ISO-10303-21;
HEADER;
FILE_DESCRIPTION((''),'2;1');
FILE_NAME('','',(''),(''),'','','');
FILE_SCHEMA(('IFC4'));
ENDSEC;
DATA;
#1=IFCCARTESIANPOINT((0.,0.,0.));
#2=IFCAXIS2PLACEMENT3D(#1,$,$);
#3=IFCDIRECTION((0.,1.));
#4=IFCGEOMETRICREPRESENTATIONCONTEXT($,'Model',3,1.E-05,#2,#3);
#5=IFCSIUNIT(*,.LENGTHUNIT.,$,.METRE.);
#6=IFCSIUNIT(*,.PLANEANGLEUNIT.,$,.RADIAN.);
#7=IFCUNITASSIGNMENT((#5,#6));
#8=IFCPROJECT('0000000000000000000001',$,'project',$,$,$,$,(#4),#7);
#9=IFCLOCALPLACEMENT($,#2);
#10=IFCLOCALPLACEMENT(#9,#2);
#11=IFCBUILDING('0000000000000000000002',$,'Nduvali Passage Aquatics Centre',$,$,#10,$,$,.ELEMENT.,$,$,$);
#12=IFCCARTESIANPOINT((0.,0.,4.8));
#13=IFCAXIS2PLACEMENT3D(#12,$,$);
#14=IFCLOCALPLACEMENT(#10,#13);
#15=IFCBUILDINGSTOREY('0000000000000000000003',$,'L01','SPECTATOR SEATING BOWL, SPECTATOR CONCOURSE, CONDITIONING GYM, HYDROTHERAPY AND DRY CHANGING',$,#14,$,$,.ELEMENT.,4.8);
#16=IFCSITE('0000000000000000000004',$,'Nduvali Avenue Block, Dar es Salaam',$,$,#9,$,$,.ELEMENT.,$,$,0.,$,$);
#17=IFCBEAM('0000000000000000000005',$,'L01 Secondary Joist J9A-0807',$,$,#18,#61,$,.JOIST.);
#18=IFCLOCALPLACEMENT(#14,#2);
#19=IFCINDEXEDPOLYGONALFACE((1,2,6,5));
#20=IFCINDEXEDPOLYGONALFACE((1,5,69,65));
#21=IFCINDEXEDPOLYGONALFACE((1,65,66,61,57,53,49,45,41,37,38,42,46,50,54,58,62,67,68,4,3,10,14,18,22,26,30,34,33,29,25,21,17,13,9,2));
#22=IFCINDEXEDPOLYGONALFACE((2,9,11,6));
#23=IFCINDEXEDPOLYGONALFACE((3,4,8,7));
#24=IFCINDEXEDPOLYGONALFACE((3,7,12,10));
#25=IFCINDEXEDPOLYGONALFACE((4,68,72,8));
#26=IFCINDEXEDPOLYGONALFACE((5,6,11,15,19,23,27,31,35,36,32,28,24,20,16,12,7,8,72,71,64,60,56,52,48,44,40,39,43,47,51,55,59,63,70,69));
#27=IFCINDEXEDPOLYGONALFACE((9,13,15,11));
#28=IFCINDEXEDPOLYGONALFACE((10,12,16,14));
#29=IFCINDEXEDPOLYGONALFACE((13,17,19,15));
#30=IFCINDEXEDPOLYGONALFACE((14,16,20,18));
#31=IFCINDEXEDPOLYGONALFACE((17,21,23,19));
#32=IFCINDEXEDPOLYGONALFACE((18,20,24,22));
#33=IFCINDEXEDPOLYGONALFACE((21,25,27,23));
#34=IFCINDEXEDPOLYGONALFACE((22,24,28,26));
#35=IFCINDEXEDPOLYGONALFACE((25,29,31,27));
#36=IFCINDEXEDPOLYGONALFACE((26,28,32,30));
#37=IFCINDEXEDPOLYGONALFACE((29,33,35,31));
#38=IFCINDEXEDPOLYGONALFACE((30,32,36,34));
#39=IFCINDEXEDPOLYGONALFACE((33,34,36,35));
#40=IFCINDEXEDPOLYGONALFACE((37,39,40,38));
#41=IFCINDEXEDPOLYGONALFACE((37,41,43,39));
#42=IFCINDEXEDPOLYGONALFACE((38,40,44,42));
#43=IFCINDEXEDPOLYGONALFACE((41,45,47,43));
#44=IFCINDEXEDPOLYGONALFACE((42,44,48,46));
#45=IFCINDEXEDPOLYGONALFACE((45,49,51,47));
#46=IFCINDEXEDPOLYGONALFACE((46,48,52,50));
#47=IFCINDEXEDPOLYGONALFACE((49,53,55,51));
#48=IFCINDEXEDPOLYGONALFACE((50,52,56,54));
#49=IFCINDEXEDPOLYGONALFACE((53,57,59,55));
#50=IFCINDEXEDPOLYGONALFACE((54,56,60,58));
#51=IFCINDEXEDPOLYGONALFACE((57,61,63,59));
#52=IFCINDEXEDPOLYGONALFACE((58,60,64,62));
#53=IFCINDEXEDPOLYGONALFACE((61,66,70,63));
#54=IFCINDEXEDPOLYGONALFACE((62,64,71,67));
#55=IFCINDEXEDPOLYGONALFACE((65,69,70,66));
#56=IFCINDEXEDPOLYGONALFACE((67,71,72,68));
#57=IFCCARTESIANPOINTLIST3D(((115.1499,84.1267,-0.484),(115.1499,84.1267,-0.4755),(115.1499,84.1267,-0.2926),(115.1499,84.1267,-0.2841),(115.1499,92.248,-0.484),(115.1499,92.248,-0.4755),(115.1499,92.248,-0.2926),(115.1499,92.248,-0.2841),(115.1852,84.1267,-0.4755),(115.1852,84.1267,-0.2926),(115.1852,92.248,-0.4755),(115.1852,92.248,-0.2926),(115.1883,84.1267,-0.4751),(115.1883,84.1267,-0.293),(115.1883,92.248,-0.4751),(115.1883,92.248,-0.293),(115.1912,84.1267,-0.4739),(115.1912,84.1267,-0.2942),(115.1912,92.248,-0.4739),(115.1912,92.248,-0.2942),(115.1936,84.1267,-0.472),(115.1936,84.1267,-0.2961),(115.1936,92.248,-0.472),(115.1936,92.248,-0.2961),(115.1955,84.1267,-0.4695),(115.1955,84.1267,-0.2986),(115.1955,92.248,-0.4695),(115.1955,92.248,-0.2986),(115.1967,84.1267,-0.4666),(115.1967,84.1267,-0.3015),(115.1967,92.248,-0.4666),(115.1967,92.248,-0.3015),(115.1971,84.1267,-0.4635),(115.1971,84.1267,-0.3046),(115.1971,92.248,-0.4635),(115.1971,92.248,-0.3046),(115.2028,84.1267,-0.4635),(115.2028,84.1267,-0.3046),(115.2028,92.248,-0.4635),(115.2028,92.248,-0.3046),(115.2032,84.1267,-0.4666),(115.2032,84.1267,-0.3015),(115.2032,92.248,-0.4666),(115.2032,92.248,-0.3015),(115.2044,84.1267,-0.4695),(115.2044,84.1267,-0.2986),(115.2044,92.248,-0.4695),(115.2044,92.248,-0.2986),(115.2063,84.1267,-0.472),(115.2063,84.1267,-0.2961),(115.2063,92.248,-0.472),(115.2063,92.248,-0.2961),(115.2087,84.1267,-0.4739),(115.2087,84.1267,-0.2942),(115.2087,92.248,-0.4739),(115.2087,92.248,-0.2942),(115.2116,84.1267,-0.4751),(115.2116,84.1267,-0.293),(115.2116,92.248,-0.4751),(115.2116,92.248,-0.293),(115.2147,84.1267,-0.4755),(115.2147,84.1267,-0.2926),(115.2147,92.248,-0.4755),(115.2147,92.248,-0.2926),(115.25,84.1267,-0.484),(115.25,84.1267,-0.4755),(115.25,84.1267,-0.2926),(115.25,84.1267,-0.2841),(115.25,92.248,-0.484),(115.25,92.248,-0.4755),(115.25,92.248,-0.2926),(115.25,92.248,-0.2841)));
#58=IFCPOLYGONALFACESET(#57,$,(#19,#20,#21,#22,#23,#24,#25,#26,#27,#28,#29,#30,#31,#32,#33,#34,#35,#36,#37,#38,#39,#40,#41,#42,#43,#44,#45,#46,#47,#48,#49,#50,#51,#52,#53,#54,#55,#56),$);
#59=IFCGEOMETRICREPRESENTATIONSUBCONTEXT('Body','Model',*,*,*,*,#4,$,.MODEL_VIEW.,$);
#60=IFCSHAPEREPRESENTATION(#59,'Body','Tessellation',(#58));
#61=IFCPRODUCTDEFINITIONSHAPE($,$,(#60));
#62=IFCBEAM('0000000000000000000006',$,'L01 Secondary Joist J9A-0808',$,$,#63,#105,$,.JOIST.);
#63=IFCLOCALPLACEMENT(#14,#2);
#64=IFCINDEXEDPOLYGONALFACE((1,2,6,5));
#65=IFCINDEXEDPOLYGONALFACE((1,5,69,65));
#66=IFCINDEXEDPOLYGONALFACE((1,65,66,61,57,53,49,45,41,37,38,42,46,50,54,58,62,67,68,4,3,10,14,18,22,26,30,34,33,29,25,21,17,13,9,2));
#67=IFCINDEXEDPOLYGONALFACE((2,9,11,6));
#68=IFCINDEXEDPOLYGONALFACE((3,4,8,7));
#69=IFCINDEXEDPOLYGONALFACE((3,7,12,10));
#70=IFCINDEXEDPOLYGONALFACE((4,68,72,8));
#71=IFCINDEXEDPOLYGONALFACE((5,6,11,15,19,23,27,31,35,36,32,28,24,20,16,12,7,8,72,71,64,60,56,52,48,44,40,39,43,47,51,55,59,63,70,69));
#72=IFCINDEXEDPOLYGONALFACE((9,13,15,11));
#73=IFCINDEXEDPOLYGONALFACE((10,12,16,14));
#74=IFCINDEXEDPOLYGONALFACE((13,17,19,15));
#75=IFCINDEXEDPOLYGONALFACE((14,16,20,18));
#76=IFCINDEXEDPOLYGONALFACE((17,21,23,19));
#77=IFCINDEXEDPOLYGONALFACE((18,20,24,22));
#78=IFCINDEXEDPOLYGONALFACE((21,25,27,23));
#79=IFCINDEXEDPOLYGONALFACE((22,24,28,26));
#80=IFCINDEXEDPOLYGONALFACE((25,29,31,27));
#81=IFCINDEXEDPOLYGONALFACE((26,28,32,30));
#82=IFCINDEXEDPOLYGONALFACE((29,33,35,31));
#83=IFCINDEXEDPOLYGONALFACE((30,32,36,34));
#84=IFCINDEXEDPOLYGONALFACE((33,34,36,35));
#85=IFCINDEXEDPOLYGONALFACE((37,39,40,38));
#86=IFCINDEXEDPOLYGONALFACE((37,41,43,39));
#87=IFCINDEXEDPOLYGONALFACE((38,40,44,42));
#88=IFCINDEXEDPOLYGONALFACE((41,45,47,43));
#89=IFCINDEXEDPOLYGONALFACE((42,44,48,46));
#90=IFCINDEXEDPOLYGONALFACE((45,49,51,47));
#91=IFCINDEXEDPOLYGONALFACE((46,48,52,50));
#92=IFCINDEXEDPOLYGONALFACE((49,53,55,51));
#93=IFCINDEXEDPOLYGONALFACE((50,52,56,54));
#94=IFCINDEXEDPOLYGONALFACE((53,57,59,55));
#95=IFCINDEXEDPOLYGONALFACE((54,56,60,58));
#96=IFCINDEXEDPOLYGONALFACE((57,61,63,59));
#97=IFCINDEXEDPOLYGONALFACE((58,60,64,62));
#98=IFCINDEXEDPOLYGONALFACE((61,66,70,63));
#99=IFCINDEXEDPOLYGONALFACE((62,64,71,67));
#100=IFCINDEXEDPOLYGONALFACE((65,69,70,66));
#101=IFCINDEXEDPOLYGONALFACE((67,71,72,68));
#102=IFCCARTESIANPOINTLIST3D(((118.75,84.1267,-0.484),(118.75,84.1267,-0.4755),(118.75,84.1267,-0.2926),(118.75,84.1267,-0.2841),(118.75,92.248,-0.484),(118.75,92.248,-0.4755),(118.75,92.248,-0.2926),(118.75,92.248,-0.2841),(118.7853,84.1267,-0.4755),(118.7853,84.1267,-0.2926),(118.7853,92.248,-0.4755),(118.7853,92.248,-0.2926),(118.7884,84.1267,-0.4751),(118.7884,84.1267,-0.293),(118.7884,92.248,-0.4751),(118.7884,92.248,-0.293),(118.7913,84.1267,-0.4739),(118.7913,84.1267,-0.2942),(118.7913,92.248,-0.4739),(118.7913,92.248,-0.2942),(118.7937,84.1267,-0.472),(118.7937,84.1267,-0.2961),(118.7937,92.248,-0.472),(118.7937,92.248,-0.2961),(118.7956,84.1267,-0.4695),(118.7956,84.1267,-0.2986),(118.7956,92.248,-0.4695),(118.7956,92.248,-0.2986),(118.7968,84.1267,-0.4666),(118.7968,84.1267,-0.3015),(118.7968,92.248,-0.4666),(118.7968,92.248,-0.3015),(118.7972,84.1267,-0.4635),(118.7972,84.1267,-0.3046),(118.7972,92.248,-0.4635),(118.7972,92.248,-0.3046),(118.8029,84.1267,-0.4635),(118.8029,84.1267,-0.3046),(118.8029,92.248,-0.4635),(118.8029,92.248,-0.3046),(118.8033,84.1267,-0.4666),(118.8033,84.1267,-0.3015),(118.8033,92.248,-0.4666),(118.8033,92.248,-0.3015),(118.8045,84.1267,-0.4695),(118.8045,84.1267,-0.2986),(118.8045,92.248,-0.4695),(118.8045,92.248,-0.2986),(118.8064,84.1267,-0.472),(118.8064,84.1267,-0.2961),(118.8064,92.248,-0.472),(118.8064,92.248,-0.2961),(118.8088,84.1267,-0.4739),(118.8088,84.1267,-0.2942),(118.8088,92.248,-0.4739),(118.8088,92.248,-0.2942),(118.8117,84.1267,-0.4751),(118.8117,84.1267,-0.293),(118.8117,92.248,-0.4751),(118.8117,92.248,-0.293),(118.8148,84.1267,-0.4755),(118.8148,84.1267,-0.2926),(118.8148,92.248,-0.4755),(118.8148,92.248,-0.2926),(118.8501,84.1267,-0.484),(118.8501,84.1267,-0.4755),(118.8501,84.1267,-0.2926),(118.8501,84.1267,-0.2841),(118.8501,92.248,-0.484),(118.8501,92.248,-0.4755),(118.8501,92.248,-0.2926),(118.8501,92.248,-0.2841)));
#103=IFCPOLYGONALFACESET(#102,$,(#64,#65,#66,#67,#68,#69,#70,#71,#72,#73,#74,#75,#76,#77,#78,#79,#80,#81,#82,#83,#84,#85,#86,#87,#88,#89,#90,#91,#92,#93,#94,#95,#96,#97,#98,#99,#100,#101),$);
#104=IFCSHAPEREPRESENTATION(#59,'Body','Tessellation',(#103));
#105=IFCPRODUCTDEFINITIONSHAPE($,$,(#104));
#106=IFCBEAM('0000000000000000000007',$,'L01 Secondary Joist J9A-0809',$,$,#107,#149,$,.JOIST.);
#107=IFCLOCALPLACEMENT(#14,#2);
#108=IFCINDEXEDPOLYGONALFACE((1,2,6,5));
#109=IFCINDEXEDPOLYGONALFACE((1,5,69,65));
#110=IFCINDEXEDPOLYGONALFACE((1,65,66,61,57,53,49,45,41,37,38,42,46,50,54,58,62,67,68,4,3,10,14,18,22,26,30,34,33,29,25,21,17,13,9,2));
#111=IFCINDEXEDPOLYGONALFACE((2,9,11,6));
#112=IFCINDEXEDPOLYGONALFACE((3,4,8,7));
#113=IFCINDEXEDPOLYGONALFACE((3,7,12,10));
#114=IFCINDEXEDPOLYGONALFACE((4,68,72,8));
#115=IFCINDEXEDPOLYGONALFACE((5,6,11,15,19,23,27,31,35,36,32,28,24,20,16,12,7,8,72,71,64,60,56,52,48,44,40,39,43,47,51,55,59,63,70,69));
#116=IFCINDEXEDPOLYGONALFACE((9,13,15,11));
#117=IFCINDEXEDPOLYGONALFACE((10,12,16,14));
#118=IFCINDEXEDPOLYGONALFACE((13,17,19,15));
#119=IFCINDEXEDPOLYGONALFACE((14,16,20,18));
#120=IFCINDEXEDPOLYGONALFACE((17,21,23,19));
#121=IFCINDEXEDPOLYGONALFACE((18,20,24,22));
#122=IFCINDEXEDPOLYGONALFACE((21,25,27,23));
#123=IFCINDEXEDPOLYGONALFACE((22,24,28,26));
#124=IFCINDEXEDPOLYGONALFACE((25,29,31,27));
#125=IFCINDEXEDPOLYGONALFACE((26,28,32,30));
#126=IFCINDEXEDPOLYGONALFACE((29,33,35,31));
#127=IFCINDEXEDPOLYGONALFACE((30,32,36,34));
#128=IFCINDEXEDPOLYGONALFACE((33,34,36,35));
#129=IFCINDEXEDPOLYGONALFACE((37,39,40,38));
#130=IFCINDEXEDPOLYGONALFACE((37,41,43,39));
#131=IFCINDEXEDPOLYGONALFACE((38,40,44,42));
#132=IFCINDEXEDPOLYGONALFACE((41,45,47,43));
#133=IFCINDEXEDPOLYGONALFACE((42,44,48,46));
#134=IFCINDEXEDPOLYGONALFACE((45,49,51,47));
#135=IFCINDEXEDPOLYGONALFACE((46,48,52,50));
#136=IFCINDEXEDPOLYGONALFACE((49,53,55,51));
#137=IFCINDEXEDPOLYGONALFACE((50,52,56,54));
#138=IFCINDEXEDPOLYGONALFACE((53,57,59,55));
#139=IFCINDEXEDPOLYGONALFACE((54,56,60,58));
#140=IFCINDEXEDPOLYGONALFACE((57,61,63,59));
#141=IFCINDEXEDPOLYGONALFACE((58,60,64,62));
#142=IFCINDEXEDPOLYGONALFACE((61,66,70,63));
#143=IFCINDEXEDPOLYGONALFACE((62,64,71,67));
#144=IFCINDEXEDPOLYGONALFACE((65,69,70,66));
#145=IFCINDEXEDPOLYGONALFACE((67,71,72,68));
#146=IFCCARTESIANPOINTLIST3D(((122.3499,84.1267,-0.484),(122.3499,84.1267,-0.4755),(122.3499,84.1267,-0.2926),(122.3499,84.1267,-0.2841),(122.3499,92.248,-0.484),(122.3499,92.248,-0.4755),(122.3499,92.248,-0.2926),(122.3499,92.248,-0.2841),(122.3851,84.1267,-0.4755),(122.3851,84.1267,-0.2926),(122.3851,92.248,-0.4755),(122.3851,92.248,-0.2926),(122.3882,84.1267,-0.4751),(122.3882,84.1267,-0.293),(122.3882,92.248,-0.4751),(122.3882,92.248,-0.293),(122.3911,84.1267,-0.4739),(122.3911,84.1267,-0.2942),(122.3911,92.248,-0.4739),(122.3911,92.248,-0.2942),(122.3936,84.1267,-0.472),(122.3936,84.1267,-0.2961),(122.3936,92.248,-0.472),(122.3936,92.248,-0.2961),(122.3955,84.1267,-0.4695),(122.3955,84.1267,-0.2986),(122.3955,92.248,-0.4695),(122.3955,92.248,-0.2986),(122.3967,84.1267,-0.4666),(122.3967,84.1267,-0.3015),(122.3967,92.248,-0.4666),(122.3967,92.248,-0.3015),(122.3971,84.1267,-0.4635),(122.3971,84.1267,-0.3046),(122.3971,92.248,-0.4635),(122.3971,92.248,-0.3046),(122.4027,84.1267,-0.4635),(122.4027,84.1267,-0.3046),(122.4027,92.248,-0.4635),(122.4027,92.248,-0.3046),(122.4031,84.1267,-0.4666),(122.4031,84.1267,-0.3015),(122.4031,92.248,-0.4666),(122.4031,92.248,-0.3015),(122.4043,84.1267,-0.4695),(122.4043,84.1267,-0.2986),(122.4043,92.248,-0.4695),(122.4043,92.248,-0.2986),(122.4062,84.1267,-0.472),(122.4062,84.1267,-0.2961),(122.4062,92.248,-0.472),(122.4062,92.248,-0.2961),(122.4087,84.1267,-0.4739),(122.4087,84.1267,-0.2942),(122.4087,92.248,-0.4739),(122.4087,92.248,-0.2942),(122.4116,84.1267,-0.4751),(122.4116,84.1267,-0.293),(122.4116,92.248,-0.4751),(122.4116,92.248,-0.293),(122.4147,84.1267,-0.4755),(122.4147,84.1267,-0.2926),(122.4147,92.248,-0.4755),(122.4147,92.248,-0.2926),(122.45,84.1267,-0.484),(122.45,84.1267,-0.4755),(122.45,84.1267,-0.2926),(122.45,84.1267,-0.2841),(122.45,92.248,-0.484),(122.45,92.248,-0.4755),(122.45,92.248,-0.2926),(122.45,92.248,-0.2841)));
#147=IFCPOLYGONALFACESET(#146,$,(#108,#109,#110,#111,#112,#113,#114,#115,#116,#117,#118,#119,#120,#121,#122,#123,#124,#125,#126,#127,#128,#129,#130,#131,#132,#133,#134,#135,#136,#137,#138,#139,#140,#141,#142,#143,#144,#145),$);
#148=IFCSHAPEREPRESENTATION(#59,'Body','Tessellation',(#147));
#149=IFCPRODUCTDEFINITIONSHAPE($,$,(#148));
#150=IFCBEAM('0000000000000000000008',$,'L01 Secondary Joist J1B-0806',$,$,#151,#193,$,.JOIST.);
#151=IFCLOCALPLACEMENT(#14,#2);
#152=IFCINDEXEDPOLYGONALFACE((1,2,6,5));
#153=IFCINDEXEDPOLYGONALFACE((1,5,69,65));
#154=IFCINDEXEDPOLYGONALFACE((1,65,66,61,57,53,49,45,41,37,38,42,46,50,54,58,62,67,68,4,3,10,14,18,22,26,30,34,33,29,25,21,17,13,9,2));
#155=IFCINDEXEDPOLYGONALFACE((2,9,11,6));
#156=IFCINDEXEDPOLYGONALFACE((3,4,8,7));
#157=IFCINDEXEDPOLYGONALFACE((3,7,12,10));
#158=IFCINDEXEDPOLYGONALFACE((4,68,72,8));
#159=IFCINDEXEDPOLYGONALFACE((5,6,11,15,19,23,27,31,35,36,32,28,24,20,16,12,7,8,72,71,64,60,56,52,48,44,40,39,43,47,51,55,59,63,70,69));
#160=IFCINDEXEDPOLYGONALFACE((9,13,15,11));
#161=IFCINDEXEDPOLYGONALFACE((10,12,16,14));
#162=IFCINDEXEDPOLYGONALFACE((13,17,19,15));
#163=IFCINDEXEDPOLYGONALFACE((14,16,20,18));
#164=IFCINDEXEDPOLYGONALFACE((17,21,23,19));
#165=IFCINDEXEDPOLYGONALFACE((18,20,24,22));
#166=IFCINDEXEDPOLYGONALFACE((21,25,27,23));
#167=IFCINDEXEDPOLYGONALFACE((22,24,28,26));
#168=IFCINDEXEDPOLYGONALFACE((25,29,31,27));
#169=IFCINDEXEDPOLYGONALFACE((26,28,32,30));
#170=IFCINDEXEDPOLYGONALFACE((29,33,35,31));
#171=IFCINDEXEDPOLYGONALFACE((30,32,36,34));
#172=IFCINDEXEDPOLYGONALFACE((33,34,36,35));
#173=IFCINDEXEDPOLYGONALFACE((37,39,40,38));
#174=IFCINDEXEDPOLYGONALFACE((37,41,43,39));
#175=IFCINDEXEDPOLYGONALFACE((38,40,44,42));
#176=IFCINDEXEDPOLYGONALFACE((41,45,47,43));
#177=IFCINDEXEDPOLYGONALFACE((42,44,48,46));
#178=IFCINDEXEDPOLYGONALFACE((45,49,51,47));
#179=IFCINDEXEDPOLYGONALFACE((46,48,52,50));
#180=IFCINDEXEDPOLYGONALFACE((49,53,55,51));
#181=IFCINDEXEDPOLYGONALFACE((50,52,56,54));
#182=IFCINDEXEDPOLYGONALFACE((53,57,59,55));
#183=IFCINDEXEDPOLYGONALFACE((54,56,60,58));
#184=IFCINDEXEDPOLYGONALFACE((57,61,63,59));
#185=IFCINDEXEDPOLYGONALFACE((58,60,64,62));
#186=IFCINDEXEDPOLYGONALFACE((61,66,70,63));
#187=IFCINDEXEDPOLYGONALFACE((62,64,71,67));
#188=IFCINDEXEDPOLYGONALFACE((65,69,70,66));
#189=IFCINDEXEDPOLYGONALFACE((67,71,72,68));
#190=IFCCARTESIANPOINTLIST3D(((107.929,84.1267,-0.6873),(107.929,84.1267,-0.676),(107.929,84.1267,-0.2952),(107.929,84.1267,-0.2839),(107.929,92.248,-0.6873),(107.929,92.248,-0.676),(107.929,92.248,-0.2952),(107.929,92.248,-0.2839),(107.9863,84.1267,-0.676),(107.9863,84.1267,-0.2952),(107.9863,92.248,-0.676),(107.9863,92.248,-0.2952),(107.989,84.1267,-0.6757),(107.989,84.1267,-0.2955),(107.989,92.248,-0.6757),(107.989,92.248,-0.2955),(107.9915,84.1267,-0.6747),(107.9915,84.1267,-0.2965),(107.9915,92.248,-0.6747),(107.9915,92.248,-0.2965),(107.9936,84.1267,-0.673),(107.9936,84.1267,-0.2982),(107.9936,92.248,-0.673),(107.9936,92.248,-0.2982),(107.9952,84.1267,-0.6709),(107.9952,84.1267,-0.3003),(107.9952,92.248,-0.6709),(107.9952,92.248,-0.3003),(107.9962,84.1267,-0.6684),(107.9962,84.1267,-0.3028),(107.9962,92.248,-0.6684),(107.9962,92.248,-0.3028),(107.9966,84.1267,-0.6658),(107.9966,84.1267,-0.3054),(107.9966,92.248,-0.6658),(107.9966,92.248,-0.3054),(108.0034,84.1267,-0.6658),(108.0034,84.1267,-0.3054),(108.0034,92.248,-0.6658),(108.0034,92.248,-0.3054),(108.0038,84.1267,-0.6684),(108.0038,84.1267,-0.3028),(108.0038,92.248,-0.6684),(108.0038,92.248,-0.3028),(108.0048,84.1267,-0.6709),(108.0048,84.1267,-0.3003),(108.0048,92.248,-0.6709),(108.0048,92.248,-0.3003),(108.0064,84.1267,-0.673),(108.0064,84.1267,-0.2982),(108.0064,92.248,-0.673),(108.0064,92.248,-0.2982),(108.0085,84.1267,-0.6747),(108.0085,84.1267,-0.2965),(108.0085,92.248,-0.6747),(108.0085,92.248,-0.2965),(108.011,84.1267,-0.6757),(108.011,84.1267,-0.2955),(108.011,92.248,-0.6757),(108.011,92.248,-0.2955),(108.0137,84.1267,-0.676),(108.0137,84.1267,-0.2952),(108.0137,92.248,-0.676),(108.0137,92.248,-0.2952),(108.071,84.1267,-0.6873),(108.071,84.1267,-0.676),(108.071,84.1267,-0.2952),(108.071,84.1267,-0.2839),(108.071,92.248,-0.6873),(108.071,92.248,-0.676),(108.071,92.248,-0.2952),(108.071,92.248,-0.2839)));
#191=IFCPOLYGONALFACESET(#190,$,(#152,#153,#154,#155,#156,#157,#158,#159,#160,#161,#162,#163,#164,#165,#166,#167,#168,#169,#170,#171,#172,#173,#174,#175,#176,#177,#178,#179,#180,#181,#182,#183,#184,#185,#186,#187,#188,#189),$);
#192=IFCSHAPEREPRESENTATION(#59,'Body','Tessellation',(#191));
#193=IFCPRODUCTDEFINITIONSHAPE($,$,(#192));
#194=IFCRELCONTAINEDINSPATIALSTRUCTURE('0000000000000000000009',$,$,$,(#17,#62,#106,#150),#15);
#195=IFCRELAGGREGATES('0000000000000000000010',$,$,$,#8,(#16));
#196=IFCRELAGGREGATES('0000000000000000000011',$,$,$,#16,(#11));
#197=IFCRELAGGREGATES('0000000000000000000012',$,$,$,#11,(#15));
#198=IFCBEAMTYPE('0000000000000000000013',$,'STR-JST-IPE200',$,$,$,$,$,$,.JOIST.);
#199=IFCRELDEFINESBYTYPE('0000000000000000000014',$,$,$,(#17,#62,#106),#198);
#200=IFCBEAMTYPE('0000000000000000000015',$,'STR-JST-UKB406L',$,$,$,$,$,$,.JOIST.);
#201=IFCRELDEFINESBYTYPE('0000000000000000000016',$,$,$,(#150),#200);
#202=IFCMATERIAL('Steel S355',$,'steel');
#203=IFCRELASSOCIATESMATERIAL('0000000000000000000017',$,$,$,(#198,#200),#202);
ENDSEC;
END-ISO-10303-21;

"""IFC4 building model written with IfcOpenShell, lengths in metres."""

from ifc_helpers import new_model, si_unit, direction, frame, origin, origin_2d, place, context, subcontext, project, spatial, i_section, extrude, material, material_profile, profile_set, type_object, element, save


model = new_model("IFC4")

# Units and contexts
model_context = context("Model", 3, precision=1e-05, world=origin(), true_north=direction((0.0, 1.0)))
body_context = subcontext(model_context, "Body", "Model", "MODEL_VIEW")
ifc_project = project(units=[si_unit("LENGTHUNIT", "METRE"), si_unit("PLANEANGLEUNIT", "RADIAN")], contexts=[model_context])

# Site, building, storey
site_placement = place(None, origin())
site = spatial("IfcSite", under=ifc_project, at=site_placement, Name="Nduvali Avenue Block, Dar es Salaam", CompositionType="ELEMENT", RefElevation=0.0)
building_placement = place(site_placement, origin())
building = spatial("IfcBuilding", under=site, at=building_placement, Name="Nduvali Passage Aquatics Centre", CompositionType="ELEMENT")
storey_placement = place(building_placement, frame((0.0, 0.0, 4.8)))
storey = spatial("IfcBuildingStorey", under=building, at=storey_placement, Name="L01", Description="SPECTATOR SEATING BOWL, SPECTATOR CONCOURSE, CONDITIONING GYM, HYDROTHERAPY AND DRY CHANGING", CompositionType="ELEMENT", Elevation=4.8)

# Shared definitions
ifc_material_1 = material(Name="Steel S355", Category="steel")

# Beams
ifc_material_profile_1 = material_profile(ifc_material_1, i_section(OverallWidth=0.1001, OverallDepth=0.2, WebThickness=0.0056, FlangeThickness=0.0085, FilletRadius=0.012, at=origin_2d()), Name="IPE 200")
ifc_profile_set_1 = profile_set([ifc_material_profile_1], Name="Steel S355")
beam_type_1 = type_object("IfcBeamType", Name="STR-JST-IPE200", PredefinedType="JOIST", material=ifc_profile_set_1)
for number, where, z_axis, x_axis, name in (
    (1, (115.2, 84.1267, -0.384), (0.0, 1.0, 0.0), (-1.0, 0.0, 0.0), "L01 Secondary Joist J9A-0807"),
    (2, (118.8, 84.1267, -0.384), (0.0, 1.0, 0.0), (-1.0, 0.0, 0.0), "L01 Secondary Joist J9A-0808"),
    (3, (122.3999, 84.1267, -0.384), (0.0, 1.0, 0.0), (-1.0, 0.0, 0.0), "L01 Secondary Joist J9A-0809"),
):
    element("IfcBeam", number, at=place(storey_placement, frame(where, z_axis=z_axis, x_axis=x_axis)), inside=storey, type_object=beam_type_1, Name=name, PredefinedType="JOIST", context=body_context, shape_type="SweptSolid", body=[
        extrude(i_section(OverallWidth=0.1001, OverallDepth=0.2, WebThickness=0.0056, FlangeThickness=0.0085, FilletRadius=0.012, at=origin_2d()), origin(), (0.0, 0.0, 1.0), 8.1213),
    ])
ifc_material_profile_2 = material_profile(ifc_material_1, i_section(OverallWidth=0.1421, OverallDepth=0.4033, WebThickness=0.0068, FlangeThickness=0.0112, FilletRadius=0.0103, at=origin_2d()), Name="UKB 406x140x46")
ifc_profile_set_2 = profile_set([ifc_material_profile_2], Name="Steel S355")
beam_type_2 = type_object("IfcBeamType", Name="STR-JST-UKB406L", PredefinedType="JOIST", material=ifc_profile_set_2)
beam_1_placement = place(storey_placement, frame((108.0, 84.1267, -0.4856), z_axis=(0.0, 1.0, 0.0), x_axis=(-1.0, 0.0, 0.0)))
element("IfcBeam", 4, at=beam_1_placement, inside=storey, type_object=beam_type_2, Name="L01 Secondary Joist J1B-0806", PredefinedType="JOIST", context=body_context, shape_type="SweptSolid", body=[
    extrude(i_section(OverallWidth=0.1421, OverallDepth=0.4033, WebThickness=0.0068, FlangeThickness=0.0112, FilletRadius=0.0103, at=origin_2d()), origin(), (0.0, 0.0, 1.0), 8.1213),
])

save(model, "model.ifc")
